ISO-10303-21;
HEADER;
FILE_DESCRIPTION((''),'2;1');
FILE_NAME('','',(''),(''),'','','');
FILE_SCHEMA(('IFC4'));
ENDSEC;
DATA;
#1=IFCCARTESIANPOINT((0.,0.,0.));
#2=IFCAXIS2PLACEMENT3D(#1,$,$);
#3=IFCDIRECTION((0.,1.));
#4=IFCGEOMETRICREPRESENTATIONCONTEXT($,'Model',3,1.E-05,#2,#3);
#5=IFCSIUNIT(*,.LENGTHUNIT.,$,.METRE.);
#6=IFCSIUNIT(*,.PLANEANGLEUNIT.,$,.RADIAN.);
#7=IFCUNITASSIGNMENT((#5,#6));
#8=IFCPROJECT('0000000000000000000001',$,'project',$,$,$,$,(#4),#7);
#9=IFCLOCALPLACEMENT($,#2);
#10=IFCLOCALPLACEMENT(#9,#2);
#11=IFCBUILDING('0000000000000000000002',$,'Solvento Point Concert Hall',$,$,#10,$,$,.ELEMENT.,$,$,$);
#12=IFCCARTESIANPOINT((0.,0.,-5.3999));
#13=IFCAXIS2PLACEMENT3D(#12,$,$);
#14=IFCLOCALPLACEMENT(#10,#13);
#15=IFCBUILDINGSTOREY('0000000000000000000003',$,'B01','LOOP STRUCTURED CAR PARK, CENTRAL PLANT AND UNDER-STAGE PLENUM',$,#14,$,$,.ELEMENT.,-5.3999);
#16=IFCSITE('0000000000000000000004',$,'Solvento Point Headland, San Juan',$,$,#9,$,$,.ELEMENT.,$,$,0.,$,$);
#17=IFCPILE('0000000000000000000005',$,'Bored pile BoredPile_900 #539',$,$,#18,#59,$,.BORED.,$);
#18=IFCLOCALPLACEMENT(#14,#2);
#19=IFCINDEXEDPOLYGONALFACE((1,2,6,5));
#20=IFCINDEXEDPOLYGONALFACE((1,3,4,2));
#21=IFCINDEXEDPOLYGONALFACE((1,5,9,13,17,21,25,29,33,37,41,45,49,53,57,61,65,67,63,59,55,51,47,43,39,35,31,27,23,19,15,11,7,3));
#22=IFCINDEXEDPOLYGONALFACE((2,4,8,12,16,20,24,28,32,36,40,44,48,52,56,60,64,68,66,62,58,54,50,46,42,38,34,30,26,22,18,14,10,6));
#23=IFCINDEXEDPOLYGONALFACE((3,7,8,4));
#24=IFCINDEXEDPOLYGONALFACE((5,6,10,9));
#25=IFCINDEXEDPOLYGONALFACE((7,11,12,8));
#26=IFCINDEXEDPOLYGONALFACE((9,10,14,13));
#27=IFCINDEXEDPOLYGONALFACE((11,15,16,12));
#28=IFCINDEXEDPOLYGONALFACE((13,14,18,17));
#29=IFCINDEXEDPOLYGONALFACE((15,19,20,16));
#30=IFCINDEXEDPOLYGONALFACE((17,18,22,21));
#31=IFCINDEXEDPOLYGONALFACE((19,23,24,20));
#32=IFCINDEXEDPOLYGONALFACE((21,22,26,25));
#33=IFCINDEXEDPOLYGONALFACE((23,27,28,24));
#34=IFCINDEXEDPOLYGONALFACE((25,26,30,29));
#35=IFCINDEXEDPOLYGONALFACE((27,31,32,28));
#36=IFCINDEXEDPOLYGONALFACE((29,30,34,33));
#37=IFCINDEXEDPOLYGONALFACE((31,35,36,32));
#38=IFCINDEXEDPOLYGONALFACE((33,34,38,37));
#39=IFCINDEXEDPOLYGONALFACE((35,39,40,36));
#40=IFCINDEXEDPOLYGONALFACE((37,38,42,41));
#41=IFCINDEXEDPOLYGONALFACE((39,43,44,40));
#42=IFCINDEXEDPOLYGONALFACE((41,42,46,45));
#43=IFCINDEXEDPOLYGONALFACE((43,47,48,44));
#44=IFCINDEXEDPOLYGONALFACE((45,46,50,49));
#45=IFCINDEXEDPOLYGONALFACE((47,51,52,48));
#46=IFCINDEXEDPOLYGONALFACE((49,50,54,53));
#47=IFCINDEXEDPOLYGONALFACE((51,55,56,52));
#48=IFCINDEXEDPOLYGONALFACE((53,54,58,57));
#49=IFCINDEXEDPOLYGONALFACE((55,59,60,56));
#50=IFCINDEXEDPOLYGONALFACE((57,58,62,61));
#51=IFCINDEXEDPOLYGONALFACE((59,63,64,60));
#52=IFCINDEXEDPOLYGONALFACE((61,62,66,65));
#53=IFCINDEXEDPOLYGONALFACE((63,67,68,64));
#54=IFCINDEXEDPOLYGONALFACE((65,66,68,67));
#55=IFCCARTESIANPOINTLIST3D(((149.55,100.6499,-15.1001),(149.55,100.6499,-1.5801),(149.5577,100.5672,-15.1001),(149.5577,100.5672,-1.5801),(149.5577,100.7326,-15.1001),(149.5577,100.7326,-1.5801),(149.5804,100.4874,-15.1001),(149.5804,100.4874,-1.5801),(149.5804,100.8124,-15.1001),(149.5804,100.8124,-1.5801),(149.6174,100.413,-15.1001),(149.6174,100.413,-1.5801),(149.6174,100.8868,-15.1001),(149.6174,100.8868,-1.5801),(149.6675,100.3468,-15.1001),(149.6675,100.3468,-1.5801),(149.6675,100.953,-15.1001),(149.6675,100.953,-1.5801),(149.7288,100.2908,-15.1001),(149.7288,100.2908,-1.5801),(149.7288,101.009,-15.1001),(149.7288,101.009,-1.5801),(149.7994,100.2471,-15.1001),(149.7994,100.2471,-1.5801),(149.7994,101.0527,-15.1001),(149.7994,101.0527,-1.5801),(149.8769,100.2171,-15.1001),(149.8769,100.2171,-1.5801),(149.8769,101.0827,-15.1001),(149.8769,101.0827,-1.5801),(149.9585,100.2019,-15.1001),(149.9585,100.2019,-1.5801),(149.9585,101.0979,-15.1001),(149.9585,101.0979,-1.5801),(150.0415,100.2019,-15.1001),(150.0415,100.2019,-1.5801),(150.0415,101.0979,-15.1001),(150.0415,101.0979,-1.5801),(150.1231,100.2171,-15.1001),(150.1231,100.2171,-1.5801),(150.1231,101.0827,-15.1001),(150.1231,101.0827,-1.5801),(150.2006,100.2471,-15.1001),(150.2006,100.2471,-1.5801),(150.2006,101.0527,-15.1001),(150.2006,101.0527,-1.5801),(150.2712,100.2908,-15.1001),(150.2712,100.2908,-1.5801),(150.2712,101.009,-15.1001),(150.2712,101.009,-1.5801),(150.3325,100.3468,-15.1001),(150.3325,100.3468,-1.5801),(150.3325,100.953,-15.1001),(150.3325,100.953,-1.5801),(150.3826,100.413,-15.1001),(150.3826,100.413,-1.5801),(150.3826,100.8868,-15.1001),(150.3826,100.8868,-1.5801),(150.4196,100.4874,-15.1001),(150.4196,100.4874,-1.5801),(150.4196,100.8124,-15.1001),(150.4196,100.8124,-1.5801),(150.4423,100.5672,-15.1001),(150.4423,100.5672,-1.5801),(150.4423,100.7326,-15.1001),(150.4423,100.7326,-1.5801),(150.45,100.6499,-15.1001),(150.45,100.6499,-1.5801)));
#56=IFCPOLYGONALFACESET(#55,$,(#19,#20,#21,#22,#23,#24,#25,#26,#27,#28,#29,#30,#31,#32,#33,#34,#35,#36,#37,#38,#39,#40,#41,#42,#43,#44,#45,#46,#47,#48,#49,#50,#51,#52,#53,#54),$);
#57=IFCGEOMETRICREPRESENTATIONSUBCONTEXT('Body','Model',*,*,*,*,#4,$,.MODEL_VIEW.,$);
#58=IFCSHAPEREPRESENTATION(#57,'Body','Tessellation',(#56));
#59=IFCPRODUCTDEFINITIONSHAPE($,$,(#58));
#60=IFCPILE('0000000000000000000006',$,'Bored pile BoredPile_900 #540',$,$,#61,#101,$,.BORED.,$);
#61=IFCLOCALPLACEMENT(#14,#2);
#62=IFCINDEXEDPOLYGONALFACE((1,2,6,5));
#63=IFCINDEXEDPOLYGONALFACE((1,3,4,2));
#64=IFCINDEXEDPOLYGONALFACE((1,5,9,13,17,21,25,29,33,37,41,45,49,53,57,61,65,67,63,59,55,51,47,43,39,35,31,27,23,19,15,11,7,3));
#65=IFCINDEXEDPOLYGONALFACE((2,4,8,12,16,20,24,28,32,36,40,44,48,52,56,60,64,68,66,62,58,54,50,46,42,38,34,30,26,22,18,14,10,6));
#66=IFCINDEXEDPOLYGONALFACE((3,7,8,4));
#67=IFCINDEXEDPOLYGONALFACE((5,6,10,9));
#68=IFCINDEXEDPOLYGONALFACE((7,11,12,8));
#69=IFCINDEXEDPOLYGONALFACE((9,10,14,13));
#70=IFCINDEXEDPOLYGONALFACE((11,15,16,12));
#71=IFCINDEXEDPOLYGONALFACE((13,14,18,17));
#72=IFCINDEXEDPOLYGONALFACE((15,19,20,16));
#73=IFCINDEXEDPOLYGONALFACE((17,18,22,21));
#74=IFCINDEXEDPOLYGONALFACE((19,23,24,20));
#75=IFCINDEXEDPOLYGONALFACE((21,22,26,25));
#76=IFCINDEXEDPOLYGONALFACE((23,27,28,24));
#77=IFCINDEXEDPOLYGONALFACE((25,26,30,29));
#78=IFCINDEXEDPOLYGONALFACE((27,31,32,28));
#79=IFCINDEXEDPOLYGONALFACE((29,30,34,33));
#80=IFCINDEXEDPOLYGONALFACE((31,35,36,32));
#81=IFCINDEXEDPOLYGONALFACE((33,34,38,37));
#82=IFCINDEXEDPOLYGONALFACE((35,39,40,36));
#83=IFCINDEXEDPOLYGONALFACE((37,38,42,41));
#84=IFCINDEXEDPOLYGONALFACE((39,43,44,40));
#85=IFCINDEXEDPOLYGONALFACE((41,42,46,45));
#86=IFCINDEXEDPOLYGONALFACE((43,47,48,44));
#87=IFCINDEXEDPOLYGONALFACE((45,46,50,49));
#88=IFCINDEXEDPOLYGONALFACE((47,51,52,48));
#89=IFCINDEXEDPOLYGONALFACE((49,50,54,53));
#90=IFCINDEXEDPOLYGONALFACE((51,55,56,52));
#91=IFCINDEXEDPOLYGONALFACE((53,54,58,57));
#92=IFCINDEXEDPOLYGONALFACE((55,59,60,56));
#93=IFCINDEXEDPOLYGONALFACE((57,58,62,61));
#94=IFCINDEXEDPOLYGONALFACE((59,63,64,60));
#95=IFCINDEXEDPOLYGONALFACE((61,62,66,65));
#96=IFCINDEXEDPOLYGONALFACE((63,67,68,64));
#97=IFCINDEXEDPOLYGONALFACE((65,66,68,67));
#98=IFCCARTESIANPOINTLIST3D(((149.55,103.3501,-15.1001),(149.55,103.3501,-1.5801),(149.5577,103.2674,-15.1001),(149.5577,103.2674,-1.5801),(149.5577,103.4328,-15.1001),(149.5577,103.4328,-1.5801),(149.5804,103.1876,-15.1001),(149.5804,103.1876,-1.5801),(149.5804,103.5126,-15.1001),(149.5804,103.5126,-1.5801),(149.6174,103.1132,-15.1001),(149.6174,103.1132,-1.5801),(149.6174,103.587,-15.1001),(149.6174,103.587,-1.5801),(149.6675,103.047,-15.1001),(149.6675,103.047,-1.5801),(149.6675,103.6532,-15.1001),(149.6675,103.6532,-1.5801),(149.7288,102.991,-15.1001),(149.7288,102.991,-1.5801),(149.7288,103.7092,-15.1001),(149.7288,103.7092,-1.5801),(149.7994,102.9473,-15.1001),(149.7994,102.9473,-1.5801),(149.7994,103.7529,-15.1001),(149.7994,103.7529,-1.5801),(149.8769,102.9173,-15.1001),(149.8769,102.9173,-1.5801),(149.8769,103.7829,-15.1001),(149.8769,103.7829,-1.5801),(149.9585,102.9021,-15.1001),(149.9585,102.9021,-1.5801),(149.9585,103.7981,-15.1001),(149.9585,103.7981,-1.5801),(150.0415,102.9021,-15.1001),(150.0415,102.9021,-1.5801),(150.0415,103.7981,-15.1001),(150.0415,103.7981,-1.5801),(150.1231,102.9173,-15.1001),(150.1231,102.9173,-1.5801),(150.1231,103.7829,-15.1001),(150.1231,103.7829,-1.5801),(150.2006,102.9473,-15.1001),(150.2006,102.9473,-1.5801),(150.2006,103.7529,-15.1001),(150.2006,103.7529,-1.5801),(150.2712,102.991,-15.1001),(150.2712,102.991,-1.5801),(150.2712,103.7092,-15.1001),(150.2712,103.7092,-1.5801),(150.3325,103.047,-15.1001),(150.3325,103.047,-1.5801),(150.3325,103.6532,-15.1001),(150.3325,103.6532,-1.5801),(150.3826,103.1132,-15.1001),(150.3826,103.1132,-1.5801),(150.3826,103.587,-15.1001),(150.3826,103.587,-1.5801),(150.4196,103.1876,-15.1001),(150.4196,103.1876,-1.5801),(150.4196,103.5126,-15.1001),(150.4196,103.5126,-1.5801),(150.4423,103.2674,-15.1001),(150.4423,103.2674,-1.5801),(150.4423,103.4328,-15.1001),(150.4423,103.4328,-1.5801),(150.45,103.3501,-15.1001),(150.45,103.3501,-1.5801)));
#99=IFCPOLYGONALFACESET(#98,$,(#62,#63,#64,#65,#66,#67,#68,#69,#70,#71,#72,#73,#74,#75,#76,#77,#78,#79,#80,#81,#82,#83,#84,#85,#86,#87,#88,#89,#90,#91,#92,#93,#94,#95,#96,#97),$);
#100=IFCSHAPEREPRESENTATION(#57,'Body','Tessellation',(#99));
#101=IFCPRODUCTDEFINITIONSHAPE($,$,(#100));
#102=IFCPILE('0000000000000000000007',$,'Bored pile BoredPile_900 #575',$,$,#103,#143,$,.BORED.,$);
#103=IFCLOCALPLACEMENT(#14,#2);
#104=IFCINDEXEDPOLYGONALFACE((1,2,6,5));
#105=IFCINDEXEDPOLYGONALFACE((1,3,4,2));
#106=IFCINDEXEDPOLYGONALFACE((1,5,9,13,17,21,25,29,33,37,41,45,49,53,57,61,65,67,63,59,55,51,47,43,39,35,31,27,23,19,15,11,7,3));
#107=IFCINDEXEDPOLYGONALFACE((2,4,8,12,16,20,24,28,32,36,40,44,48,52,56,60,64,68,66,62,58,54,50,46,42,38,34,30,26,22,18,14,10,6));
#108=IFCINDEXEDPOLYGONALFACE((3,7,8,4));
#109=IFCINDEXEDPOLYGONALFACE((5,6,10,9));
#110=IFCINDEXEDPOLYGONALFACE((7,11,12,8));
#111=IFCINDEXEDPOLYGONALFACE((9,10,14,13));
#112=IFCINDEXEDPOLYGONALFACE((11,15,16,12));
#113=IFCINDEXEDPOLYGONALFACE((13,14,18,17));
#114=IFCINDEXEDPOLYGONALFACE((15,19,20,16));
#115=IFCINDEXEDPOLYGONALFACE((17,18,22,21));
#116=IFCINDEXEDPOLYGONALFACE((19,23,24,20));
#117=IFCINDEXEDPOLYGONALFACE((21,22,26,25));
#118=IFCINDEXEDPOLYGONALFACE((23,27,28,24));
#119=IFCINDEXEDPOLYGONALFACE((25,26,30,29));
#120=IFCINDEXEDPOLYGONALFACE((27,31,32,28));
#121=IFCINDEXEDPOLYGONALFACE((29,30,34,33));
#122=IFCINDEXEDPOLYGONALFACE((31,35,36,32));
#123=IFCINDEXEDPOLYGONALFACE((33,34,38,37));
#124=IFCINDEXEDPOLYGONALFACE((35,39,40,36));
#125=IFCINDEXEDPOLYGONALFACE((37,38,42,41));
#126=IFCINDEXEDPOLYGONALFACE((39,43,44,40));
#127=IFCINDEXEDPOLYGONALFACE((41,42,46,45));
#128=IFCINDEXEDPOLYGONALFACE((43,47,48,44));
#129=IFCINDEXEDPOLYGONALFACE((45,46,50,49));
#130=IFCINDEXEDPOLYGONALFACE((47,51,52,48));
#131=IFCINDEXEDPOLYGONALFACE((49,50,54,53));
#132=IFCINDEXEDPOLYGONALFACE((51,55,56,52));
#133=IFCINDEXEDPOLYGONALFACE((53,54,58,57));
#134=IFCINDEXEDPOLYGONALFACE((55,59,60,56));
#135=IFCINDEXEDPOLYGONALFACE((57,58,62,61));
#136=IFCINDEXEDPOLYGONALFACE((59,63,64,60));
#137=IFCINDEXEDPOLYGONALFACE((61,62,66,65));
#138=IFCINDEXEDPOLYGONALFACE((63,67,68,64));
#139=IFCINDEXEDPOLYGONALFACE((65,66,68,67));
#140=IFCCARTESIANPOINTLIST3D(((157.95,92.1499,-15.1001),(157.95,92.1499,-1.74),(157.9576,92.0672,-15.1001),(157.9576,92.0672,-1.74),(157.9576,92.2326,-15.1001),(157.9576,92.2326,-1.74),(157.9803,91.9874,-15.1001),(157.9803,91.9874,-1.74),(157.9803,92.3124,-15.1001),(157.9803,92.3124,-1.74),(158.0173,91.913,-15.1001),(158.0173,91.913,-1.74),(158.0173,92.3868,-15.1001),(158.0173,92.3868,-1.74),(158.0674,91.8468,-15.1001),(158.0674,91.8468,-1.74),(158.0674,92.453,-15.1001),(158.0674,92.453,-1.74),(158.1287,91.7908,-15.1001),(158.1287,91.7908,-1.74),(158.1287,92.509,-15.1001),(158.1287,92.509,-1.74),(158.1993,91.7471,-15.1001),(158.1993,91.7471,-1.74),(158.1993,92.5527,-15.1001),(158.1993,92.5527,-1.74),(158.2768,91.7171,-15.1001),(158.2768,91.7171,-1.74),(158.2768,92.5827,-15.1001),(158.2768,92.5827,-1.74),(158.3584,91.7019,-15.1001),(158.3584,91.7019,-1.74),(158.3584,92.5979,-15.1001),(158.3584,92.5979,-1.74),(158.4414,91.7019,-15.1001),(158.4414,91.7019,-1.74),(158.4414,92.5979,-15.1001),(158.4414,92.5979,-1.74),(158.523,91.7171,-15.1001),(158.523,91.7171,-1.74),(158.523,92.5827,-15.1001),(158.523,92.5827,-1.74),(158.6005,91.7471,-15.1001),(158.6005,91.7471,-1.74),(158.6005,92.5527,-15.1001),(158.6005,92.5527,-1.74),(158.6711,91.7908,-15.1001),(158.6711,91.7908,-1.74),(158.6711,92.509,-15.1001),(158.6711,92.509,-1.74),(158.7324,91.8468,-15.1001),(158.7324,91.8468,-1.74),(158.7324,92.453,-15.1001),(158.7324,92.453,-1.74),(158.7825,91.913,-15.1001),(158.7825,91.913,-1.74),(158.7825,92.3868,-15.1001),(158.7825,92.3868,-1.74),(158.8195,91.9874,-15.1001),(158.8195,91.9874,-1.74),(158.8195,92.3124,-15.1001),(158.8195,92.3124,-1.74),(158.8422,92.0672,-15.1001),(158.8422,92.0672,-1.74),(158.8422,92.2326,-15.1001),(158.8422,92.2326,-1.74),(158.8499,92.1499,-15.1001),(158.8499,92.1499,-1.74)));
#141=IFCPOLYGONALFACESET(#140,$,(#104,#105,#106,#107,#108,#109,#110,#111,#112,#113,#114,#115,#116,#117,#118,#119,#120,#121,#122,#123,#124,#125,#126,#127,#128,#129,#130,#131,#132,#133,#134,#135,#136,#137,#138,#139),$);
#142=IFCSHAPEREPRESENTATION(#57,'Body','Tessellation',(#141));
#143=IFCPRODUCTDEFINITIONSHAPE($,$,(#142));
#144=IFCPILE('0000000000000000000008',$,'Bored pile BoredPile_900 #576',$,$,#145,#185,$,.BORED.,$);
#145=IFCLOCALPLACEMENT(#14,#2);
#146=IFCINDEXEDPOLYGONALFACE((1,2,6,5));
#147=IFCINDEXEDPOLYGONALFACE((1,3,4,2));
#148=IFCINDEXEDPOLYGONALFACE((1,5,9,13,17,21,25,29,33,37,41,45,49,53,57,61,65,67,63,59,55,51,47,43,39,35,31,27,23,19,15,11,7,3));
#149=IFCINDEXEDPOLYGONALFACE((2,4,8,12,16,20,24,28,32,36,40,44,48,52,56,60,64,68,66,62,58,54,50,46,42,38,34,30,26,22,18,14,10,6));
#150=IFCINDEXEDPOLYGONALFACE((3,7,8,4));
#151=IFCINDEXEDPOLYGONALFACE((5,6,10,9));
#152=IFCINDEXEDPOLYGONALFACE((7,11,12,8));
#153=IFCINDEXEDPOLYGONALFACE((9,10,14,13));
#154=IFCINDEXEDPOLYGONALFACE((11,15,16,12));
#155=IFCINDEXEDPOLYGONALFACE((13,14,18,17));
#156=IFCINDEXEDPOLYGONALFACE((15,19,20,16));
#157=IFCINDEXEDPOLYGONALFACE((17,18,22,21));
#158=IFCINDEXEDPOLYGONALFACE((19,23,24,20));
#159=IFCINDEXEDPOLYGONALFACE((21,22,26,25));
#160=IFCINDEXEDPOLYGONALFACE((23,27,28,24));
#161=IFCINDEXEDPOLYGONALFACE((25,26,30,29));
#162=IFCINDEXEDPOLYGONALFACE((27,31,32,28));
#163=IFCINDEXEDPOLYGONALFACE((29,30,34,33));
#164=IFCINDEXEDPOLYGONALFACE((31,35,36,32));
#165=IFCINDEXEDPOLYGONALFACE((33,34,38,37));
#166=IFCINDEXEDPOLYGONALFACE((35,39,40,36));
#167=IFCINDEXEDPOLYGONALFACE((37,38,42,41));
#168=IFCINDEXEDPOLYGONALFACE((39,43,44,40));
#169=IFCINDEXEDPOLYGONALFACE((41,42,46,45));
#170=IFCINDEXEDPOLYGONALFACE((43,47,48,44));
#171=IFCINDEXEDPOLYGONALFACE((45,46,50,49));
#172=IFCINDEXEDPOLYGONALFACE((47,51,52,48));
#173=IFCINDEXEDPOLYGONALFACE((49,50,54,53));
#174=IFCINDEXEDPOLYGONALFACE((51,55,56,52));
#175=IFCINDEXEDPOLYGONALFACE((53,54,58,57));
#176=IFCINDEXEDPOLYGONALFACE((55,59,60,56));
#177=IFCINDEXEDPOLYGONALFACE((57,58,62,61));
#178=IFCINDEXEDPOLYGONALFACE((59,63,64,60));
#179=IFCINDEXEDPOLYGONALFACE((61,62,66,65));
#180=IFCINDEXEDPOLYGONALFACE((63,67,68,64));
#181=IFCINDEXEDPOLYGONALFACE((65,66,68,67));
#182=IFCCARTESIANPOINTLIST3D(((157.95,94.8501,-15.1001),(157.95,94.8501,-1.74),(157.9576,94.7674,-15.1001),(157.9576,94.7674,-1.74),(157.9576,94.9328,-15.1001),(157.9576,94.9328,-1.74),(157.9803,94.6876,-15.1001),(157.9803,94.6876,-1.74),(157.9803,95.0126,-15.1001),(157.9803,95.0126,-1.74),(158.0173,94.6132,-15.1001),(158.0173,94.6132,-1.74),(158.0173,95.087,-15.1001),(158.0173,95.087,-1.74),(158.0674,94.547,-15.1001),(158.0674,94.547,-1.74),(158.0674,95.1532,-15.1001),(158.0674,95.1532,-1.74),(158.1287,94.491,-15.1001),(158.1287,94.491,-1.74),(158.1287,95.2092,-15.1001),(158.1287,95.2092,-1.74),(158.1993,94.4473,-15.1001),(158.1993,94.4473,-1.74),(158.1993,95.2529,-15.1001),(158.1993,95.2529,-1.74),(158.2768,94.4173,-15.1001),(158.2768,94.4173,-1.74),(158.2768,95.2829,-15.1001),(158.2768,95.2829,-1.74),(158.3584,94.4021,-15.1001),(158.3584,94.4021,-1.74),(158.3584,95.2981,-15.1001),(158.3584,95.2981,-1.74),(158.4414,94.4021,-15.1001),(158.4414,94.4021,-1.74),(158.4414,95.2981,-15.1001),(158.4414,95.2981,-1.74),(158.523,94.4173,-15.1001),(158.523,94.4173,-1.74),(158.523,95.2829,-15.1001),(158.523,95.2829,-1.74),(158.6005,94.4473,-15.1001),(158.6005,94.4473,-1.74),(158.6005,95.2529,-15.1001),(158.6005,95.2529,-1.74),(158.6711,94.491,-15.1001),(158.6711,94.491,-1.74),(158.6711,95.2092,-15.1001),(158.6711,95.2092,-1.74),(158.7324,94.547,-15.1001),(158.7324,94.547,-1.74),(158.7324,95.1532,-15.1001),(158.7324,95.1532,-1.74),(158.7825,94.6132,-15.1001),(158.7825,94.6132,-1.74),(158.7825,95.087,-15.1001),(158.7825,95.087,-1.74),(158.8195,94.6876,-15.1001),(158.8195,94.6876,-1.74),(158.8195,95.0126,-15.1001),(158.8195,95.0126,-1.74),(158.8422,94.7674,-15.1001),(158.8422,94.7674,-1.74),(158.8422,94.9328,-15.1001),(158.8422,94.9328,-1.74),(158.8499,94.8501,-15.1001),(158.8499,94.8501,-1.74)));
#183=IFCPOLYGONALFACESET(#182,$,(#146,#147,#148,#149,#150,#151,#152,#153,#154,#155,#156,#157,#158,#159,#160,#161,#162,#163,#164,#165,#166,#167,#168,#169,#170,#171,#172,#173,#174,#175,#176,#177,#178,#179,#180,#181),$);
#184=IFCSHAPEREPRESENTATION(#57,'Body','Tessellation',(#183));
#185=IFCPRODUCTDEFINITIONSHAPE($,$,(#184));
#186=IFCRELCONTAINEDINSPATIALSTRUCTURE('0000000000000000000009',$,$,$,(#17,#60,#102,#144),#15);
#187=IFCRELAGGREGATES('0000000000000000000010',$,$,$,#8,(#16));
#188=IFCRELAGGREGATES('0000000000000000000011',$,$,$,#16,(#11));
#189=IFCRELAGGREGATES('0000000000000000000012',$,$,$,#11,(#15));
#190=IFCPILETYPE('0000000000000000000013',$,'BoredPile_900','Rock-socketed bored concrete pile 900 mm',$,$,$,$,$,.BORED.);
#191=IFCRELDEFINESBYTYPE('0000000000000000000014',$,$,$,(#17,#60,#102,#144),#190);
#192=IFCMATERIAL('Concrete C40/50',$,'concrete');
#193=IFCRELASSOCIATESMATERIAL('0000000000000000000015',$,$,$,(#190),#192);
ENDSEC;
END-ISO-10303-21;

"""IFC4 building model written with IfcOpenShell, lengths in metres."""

from ifc_helpers import new_model, si_unit, direction, frame, origin, origin_2d, place, context, subcontext, project, spatial, circle, extrude, material, material_profile, profile_set, type_object, element, save


model = new_model("IFC4")

# Units and contexts
model_context = context("Model", 3, precision=1e-05, world=origin(), true_north=direction((0.0, 1.0)))
body_context = subcontext(model_context, "Body", "Model", "MODEL_VIEW")
ifc_project = project(units=[si_unit("LENGTHUNIT", "METRE"), si_unit("PLANEANGLEUNIT", "RADIAN")], contexts=[model_context])

# Site, building, storey
site_placement = place(None, origin())
site = spatial("IfcSite", under=ifc_project, at=site_placement, Name="Solvento Point Headland, San Juan", CompositionType="ELEMENT", RefElevation=0.0)
building_placement = place(site_placement, origin())
building = spatial("IfcBuilding", under=site, at=building_placement, Name="Solvento Point Concert Hall", CompositionType="ELEMENT")
storey_placement = place(building_placement, frame((0.0, 0.0, -5.3999)))
storey = spatial("IfcBuildingStorey", under=building, at=storey_placement, Name="B01", Description="LOOP STRUCTURED CAR PARK, CENTRAL PLANT AND UNDER-STAGE PLENUM", CompositionType="ELEMENT", Elevation=-5.3999)

# Piles
ifc_material_1 = material(Name="Concrete C40/50", Category="concrete")
ifc_material_profile_1 = material_profile(ifc_material_1, circle(Radius=0.45, at=origin_2d()), Name="BP-900")
ifc_profile_set_1 = profile_set([ifc_material_profile_1], Name="Concrete C40/50")
pile_type_1 = type_object("IfcPileType", Name="BoredPile_900", Description="Rock-socketed bored concrete pile 900 mm", PredefinedType="BORED", material=ifc_profile_set_1)
for number, where, z_axis, x_axis, name in (
    (1, (150.0, 100.6499, -1.5801), (0.0, 0.0, -1.0), (1.0, 0.0, 0.0), "Bored pile BoredPile_900 #539"),
    (2, (150.0, 103.3501, -1.5801), (0.0, 0.0, -1.0), (1.0, 0.0, 0.0), "Bored pile BoredPile_900 #540"),
):
    element("IfcPile", number, at=place(storey_placement, frame(where, z_axis=z_axis, x_axis=x_axis)), inside=storey, type_object=pile_type_1, Name=name, PredefinedType="BORED", context=body_context, shape_type="SweptSolid", body=[
        extrude(circle(Radius=0.45, at=origin_2d()), origin(), (0.0, 0.0, 1.0), 13.52),
    ])
for number, where, z_axis, x_axis, name in (
    (3, (158.3999, 92.1499, -1.74), (0.0, 0.0, -1.0), (1.0, 0.0, 0.0), "Bored pile BoredPile_900 #575"),
    (4, (158.3999, 94.8501, -1.74), (0.0, 0.0, -1.0), (1.0, 0.0, 0.0), "Bored pile BoredPile_900 #576"),
):
    element("IfcPile", number, at=place(storey_placement, frame(where, z_axis=z_axis, x_axis=x_axis)), inside=storey, type_object=pile_type_1, Name=name, PredefinedType="BORED", context=body_context, shape_type="SweptSolid", body=[
        extrude(circle(Radius=0.45, at=origin_2d()), origin(), (0.0, 0.0, 1.0), 13.3601),
    ])

save(model, "model.ifc")
